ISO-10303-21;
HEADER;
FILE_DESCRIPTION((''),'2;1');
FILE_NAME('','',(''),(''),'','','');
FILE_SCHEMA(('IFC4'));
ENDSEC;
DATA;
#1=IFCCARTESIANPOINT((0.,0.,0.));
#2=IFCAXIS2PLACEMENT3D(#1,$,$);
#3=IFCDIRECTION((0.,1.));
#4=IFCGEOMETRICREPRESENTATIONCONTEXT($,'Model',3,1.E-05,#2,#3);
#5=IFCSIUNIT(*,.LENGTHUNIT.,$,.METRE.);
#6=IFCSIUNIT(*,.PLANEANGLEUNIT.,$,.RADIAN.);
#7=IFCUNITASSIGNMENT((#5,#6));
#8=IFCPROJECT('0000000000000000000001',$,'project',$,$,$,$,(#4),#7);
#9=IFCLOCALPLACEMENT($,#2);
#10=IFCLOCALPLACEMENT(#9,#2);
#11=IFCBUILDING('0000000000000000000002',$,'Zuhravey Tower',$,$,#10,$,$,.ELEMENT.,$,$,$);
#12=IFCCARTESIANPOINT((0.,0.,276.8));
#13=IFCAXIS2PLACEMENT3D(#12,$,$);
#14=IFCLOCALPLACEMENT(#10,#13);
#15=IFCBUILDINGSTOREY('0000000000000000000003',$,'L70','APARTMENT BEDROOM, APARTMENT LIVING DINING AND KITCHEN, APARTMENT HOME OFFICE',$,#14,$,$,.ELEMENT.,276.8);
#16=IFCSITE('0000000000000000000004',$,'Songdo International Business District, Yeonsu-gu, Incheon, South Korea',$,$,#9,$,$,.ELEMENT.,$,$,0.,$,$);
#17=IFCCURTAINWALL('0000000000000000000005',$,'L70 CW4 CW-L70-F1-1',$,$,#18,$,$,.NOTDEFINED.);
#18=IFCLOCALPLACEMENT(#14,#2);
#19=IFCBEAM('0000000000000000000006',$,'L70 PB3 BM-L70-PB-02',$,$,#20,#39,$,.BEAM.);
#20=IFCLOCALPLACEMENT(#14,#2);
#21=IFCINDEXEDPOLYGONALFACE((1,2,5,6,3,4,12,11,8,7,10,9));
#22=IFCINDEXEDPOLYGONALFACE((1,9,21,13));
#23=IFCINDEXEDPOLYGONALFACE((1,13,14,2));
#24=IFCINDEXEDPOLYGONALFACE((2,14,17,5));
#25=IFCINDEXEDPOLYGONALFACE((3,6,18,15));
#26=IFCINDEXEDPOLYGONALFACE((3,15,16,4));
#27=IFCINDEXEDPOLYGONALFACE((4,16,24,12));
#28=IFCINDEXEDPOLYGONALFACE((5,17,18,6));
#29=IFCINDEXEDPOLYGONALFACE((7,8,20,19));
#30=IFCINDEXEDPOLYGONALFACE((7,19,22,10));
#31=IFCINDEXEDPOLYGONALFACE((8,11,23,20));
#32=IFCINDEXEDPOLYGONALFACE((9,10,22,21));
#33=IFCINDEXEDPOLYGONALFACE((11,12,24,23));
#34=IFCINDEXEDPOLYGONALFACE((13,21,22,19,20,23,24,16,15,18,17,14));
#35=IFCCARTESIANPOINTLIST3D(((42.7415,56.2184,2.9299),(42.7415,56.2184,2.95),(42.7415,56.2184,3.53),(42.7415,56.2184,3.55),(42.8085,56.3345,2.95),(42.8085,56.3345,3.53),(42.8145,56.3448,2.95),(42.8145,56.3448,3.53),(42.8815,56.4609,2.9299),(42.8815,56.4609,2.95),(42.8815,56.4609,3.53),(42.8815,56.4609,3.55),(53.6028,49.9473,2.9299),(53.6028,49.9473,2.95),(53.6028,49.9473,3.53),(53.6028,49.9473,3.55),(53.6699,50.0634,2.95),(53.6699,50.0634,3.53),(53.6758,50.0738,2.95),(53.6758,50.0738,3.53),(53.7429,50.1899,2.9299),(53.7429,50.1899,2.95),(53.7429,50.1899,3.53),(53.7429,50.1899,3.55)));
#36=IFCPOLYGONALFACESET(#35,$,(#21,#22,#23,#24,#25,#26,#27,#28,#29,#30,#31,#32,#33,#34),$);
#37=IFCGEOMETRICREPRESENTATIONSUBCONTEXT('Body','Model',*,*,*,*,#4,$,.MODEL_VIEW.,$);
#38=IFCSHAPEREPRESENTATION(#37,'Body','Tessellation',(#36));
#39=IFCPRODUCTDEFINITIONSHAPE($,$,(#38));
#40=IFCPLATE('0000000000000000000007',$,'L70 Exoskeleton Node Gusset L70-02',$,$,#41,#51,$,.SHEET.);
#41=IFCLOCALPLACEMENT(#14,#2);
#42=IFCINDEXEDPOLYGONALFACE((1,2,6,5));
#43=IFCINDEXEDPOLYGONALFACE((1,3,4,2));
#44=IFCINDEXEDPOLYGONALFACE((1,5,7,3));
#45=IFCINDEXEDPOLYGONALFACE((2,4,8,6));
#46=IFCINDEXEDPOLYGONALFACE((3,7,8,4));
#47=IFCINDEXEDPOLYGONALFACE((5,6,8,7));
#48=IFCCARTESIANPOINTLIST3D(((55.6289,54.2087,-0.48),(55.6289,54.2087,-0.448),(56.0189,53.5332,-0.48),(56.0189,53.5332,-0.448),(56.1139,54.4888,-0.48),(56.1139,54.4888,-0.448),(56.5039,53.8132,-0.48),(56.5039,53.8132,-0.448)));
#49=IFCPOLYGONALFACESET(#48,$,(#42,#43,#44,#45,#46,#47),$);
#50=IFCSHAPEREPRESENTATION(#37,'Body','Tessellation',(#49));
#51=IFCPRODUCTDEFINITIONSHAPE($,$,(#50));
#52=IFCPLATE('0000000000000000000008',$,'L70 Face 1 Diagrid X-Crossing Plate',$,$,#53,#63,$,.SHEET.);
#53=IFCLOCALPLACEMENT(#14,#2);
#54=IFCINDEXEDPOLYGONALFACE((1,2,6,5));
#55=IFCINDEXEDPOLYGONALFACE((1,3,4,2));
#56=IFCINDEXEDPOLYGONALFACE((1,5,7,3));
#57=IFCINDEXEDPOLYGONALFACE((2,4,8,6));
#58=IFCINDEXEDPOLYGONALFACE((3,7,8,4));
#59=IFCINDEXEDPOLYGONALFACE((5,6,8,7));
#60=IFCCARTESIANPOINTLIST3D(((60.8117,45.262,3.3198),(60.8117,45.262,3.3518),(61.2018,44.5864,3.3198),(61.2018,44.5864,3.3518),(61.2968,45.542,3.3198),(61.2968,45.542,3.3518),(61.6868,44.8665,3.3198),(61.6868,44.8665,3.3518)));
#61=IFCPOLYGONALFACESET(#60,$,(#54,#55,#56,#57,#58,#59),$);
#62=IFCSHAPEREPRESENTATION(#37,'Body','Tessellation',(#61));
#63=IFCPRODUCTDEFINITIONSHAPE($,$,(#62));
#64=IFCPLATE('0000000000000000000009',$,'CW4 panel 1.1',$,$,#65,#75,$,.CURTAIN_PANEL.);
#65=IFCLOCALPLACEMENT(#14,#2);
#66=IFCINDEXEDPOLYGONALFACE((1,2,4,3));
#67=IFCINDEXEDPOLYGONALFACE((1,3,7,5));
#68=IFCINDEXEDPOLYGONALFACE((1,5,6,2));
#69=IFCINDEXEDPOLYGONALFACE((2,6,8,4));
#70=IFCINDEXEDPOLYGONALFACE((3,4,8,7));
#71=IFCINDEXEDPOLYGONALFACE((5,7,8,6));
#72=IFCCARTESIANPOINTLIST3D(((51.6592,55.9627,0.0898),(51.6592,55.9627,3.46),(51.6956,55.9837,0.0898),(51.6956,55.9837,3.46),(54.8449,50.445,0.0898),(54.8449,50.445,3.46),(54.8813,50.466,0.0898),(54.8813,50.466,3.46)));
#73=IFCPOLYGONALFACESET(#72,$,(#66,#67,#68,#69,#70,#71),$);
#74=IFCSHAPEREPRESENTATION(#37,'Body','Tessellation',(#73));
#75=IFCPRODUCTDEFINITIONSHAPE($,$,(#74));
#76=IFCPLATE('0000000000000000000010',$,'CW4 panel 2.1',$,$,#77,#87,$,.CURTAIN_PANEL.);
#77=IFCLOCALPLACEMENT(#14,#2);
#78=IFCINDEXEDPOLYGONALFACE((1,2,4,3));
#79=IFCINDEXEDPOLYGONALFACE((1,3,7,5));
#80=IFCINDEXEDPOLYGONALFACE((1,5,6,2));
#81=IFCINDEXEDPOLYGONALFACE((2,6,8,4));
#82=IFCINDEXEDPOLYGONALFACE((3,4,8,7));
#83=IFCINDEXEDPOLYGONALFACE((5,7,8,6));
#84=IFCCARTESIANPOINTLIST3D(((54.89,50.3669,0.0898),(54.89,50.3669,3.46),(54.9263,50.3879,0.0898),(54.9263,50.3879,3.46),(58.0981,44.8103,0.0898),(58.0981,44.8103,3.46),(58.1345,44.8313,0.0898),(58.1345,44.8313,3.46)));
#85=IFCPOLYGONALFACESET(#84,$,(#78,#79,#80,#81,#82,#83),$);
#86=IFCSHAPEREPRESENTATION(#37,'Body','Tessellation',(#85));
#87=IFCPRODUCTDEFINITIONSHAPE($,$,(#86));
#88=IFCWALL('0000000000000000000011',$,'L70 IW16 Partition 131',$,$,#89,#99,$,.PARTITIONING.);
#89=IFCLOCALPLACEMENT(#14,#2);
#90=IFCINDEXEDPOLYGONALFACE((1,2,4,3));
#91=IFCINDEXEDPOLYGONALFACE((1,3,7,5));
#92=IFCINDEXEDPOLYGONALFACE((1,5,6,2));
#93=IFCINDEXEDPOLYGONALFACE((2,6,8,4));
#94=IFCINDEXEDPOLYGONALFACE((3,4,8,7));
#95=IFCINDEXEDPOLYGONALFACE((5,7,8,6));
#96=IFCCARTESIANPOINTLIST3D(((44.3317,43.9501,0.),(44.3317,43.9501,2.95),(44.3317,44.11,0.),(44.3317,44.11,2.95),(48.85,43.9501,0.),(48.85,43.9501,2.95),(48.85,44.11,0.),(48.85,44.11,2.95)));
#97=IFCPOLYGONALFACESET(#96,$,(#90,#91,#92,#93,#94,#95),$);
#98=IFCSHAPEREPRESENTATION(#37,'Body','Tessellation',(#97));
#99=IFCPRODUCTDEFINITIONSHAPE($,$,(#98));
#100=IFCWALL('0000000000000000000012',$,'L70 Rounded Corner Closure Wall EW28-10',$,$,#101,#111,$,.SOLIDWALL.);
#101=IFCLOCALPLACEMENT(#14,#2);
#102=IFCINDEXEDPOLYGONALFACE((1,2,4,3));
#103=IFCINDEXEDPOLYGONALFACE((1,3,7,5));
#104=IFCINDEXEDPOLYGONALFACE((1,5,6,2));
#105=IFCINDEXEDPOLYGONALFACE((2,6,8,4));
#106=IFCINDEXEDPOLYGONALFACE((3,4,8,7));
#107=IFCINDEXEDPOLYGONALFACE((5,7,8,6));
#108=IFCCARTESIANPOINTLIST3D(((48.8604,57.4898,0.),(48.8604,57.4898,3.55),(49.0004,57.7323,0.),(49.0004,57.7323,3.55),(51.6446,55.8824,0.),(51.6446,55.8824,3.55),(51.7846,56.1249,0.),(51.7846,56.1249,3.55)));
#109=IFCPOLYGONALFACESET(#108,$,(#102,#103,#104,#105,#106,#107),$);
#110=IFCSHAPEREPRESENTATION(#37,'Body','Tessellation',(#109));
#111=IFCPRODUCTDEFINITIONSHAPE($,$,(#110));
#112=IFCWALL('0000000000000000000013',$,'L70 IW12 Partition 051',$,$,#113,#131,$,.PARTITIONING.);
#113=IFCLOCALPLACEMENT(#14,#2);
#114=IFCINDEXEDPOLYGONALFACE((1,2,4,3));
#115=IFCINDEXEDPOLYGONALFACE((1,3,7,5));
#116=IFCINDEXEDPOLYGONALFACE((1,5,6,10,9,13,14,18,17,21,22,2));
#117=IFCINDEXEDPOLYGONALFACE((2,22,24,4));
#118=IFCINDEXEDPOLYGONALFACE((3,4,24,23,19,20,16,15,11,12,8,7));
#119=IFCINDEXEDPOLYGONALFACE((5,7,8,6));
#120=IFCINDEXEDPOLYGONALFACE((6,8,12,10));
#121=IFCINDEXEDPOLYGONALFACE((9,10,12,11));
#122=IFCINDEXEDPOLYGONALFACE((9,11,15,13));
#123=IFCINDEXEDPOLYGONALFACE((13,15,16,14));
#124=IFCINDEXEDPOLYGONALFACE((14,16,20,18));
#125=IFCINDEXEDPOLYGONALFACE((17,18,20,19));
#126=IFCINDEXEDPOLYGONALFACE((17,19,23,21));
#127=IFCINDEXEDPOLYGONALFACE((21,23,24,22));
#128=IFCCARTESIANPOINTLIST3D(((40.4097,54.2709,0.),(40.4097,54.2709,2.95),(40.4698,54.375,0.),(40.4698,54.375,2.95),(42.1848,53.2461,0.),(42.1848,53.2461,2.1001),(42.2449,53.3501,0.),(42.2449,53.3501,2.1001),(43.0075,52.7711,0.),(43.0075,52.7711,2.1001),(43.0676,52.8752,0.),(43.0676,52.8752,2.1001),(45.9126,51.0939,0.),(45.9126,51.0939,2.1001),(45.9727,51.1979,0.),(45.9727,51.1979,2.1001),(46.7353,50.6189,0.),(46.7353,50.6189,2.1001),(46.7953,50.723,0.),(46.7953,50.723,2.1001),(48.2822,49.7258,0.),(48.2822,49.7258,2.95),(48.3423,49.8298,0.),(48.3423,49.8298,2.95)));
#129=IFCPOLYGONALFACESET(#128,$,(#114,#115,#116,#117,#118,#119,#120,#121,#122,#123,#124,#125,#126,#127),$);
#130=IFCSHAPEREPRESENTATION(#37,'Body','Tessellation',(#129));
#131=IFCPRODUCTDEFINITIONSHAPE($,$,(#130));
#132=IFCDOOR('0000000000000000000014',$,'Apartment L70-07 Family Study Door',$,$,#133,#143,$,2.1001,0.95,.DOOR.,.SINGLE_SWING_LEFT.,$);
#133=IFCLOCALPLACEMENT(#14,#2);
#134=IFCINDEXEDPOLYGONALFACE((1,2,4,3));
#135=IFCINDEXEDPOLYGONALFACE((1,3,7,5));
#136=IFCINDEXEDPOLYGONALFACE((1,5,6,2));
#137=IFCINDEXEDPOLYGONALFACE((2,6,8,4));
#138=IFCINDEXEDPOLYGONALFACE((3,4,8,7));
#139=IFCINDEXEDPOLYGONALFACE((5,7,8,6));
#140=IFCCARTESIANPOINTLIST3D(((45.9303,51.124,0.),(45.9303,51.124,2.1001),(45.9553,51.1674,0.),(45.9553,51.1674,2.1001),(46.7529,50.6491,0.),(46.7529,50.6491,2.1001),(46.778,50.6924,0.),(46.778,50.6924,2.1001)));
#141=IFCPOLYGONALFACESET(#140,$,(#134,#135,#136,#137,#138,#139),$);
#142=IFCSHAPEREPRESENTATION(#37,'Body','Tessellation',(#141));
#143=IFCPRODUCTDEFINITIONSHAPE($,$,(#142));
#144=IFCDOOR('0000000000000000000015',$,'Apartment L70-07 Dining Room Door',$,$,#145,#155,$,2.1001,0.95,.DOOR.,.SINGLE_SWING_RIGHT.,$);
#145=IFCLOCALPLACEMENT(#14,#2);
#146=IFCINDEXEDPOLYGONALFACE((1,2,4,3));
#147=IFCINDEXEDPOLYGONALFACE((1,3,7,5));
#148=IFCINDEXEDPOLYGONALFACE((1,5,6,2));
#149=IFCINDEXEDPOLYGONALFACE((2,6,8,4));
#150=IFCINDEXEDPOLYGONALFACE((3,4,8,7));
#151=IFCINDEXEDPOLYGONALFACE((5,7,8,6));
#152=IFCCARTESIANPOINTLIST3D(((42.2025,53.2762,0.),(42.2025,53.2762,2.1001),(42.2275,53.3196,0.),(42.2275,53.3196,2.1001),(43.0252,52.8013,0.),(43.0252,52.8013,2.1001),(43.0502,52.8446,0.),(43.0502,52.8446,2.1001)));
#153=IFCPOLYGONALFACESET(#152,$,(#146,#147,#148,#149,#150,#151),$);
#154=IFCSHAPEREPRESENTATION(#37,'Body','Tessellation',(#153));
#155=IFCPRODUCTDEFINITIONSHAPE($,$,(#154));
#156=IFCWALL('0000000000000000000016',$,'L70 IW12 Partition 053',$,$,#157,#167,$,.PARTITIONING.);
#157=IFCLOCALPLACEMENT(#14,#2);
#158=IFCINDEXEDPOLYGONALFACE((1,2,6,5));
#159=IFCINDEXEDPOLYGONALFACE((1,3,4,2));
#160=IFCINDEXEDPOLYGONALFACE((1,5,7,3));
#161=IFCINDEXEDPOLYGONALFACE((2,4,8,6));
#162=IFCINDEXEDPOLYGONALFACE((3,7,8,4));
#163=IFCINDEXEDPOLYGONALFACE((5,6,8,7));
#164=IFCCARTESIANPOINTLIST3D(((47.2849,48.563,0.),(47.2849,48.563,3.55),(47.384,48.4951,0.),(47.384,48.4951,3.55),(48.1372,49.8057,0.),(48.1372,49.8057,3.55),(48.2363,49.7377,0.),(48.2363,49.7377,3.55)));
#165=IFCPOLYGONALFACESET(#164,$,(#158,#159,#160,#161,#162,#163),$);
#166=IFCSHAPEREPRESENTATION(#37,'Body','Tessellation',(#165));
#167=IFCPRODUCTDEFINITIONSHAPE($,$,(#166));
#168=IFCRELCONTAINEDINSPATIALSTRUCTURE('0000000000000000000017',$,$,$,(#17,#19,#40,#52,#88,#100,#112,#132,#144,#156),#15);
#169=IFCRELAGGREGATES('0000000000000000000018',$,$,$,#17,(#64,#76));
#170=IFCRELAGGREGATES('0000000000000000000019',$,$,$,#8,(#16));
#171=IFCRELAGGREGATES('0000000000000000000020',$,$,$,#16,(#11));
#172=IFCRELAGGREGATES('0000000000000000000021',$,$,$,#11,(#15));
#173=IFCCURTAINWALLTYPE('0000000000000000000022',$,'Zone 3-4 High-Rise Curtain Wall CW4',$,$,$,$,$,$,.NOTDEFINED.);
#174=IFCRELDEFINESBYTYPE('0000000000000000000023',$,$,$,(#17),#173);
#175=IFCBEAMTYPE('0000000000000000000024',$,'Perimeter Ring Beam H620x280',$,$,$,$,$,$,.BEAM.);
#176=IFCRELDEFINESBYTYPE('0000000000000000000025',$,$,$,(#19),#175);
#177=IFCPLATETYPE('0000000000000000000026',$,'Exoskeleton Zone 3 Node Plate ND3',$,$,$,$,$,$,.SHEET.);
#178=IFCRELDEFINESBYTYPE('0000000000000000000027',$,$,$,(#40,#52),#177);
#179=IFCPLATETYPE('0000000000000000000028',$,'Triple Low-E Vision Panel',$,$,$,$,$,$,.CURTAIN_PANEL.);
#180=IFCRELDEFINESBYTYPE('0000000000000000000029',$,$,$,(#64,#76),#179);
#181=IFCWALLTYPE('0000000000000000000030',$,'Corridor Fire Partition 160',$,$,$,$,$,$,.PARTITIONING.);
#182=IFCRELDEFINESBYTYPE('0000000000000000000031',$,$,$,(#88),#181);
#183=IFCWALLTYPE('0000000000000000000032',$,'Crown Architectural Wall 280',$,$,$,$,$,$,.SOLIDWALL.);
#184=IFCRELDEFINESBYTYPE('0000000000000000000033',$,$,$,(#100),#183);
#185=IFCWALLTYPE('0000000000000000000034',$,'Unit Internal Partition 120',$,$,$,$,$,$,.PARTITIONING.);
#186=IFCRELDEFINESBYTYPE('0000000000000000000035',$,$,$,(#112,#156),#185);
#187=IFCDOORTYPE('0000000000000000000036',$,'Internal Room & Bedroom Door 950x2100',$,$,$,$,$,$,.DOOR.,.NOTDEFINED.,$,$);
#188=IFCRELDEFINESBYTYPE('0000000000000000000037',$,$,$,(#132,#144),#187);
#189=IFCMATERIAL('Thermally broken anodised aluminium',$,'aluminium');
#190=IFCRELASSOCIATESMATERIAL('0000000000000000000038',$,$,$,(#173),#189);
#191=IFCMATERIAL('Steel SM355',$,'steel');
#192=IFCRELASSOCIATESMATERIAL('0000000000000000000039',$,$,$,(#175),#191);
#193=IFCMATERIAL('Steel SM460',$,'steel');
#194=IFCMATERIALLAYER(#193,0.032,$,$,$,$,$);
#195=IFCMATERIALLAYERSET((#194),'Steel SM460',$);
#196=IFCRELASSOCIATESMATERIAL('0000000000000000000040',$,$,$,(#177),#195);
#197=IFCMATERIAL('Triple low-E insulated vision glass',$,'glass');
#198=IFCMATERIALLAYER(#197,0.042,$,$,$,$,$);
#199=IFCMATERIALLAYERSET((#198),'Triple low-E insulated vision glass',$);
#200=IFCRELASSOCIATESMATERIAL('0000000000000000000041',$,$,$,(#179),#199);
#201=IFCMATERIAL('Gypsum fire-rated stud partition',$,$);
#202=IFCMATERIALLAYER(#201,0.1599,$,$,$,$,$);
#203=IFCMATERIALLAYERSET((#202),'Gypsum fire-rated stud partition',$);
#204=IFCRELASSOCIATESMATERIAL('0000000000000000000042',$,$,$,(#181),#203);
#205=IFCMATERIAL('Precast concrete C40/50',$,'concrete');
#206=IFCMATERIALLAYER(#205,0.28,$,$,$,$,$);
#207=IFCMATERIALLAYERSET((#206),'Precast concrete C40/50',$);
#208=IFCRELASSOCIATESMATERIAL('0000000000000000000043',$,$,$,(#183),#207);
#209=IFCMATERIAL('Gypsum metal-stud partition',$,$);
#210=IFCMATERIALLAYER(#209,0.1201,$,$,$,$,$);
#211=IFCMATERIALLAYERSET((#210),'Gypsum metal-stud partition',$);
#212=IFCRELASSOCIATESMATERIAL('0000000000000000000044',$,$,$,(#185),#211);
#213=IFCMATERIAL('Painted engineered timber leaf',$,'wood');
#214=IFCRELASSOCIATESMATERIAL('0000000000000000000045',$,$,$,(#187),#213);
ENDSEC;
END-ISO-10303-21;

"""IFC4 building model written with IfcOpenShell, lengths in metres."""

from ifc_helpers import new_model, si_unit, direction, frame, frame_2d, origin, origin_2d, place, context, subcontext, project, spatial, rectangle, i_section, extrude, material, layer, layer_set, material_profile, profile_set, type_object, element, fill, aggregate, save


model = new_model("IFC4")

# Units and contexts
model_context = context("Model", 3, precision=1e-05, world=origin(), true_north=direction((0.0, 1.0)))
body_context = subcontext(model_context, "Body", "Model", "MODEL_VIEW")
ifc_project = project(units=[si_unit("LENGTHUNIT", "METRE"), si_unit("PLANEANGLEUNIT", "RADIAN")], contexts=[model_context])

# Site, building, storey
site_placement = place(None, origin())
site = spatial("IfcSite", under=ifc_project, at=site_placement, Name="Songdo International Business District, Yeonsu-gu, Incheon, South Korea", CompositionType="ELEMENT", RefElevation=0.0)
building_placement = place(site_placement, origin())
building = spatial("IfcBuilding", under=site, at=building_placement, Name="Zuhravey Tower", CompositionType="ELEMENT")
storey_placement = place(building_placement, frame((0.0, 0.0, 276.8)))
storey = spatial("IfcBuildingStorey", under=building, at=storey_placement, Name="L70", Description="APARTMENT BEDROOM, APARTMENT LIVING DINING AND KITCHEN, APARTMENT HOME OFFICE", CompositionType="ELEMENT", Elevation=276.8)

# Shared definitions
ifc_material_1 = material(Name="Thermally broken anodised aluminium", Category="aluminium")
curtain_wall_type = type_object("IfcCurtainWallType", Name="Zone 3-4 High-Rise Curtain Wall CW4", PredefinedType="NOTDEFINED", material=ifc_material_1)

# Curtain wall
curtain_wall_1_placement = place(storey_placement, origin())
curtain_wall_1 = element("IfcCurtainWall", 1, at=curtain_wall_1_placement, inside=storey, type_object=curtain_wall_type, Name="L70 CW4 CW-L70-F1-1", PredefinedType="NOTDEFINED")

# Shared definitions
ifc_material_2 = material(Name="Steel SM355", Category="steel")

# Beam
ifc_material_profile_1 = material_profile(ifc_material_2, i_section(OverallWidth=0.28, OverallDepth=0.6201, WebThickness=0.012, FlangeThickness=0.02, at=origin_2d()), Name="H-620x280x12x20")
ifc_profile_set_1 = profile_set([ifc_material_profile_1], Name="Steel SM355")
beam_type = type_object("IfcBeamType", Name="Perimeter Ring Beam H620x280", PredefinedType="BEAM", material=ifc_profile_set_1)
beam_placement = place(storey_placement, frame((53.6729, 50.0686, 3.24), z_axis=(-0.866018, 0.500012, 0.0), x_axis=(-0.500012, -0.866018, 0.0)))
element("IfcBeam", 2, at=beam_placement, inside=storey, type_object=beam_type, Name="L70 PB3 BM-L70-PB-02", PredefinedType="BEAM", context=body_context, shape_type="SweptSolid", body=[
    extrude(i_section(OverallWidth=0.28, OverallDepth=0.6201, WebThickness=0.012, FlangeThickness=0.02, at=origin_2d()), origin(), (0.0, 0.0, 1.0), 12.5417),
])

# Plates
ifc_material_3 = material(Name="Steel SM460", Category="steel")
ifc_layer_1 = layer(ifc_material_3, 0.032)
ifc_layer_set_1 = layer_set([ifc_layer_1], Name="Steel SM460")
plate_type_1 = type_object("IfcPlateType", Name="Exoskeleton Zone 3 Node Plate ND3", PredefinedType="SHEET", material=ifc_layer_set_1)
for number, where, z_axis, x_axis, name in (
    (3, (56.0664, 54.011, -0.48), (0.0, 0.0, 1.0), (-0.5, 0.866025, 0.0), "L70 Exoskeleton Node Gusset L70-02"),
    (4, (61.2493, 45.0642, 3.3198), (0.0, 0.0, 1.0), (-0.5, 0.866025, 0.0), "L70 Face 1 Diagrid X-Crossing Plate"),
):
    element("IfcPlate", number, at=place(storey_placement, frame(where, z_axis=z_axis, x_axis=x_axis)), inside=storey, type_object=plate_type_1, Name=name, PredefinedType="SHEET", context=body_context, shape_type="SweptSolid", body=[
        extrude(rectangle(XDim=0.78, YDim=0.5601, at=origin_2d()), origin(), (0.0, 0.0, 1.0), 0.032),
    ])

# Plates
ifc_material_4 = material(Name="Triple low-E insulated vision glass", Category="glass")
ifc_layer_2 = layer(ifc_material_4, 0.042)
ifc_layer_set_2 = layer_set([ifc_layer_2], Name="Triple low-E insulated vision glass")
plate_type_2 = type_object("IfcPlateType", Name="Triple Low-E Vision Panel", PredefinedType="CURTAIN_PANEL", material=ifc_layer_set_2)
plate_1_placement = place(storey_placement, frame((53.2703, 53.2144, 0.0898), z_axis=(0.0, 0.0, 1.0), x_axis=(0.500001, -0.866025, 0.0)))
plate_1 = element("IfcPlate", 5, at=plate_1_placement, type_object=plate_type_2, Name="CW4 panel 1.1", PredefinedType="CURTAIN_PANEL", context=body_context, shape_type="SweptSolid", body=[
    extrude(rectangle(XDim=6.3713, YDim=0.042, at=origin_2d()), origin(), (0.0, 0.0, 1.0), 3.3701),
])
plate_2_placement = place(storey_placement, frame((56.5122, 47.5991, 0.0898), z_axis=(0.0, 0.0, 1.0), x_axis=(0.500001, -0.866025, 0.0)))
plate_2 = element("IfcPlate", 6, at=plate_2_placement, type_object=plate_type_2, Name="CW4 panel 2.1", PredefinedType="CURTAIN_PANEL", context=body_context, shape_type="SweptSolid", body=[
    extrude(rectangle(XDim=6.4163, YDim=0.042, at=origin_2d()), origin(), (0.0, 0.0, 1.0), 3.3701),
])
aggregate(curtain_wall_1, [plate_1, plate_2])

# Walls
ifc_material_5 = material(Name="Gypsum fire-rated stud partition")
ifc_layer_3 = layer(ifc_material_5, 0.1599)
ifc_layer_set_3 = layer_set([ifc_layer_3], Name="Gypsum fire-rated stud partition")
wall_type_1 = type_object("IfcWallType", Name="Corridor Fire Partition 160", PredefinedType="PARTITIONING", material=ifc_layer_set_3)
wall_1_placement = place(storey_placement, frame((48.8501, 44.03, 0.0), z_axis=(0.0, 0.0, 1.0), x_axis=(-1.0, 0.0, 0.0)))
element("IfcWall", 7, at=wall_1_placement, inside=storey, type_object=wall_type_1, Name="L70 IW16 Partition 131", PredefinedType="PARTITIONING", context=body_context, shape_type="SweptSolid", body=[
    extrude(rectangle(XDim=4.5183, YDim=0.1599, at=frame_2d((2.2593, 0.0))), origin(), (0.0, 0.0, 1.0), 2.95),
])
ifc_material_6 = material(Name="Precast concrete C40/50", Category="concrete")
ifc_layer_4 = layer(ifc_material_6, 0.28)
ifc_layer_set_4 = layer_set([ifc_layer_4], Name="Precast concrete C40/50")
wall_type_2 = type_object("IfcWallType", Name="Crown Architectural Wall 280", PredefinedType="SOLIDWALL", material=ifc_layer_set_4)
wall_2_placement = place(storey_placement, frame((48.9304, 57.6111, 0.0), z_axis=(0.0, 0.0, 1.0), x_axis=(0.866029, -0.499994, 0.0)))
element("IfcWall", 8, at=wall_2_placement, inside=storey, type_object=wall_type_2, Name="L70 Rounded Corner Closure Wall EW28-10", PredefinedType="SOLIDWALL", context=body_context, shape_type="SweptSolid", body=[
    extrude(rectangle(XDim=3.2148, YDim=0.28, at=frame_2d((1.6074, 0.0))), origin(), (0.0, 0.0, 1.0), 3.55),
])

# Wall, openings, doors
ifc_material_7 = material(Name="Gypsum metal-stud partition")
ifc_layer_5 = layer(ifc_material_7, 0.1201)
ifc_layer_set_5 = layer_set([ifc_layer_5], Name="Gypsum metal-stud partition")
wall_type_3 = type_object("IfcWallType", Name="Unit Internal Partition 120", PredefinedType="PARTITIONING", material=ifc_layer_set_5)
wall_3_placement = place(storey_placement, frame((48.3123, 49.7778, 0.0), z_axis=(0.0, 0.0, 1.0), x_axis=(-0.866028, 0.499995, 0.0)))
wall_3 = element("IfcWall", 9, at=wall_3_placement, inside=storey, type_object=wall_type_3, Name="L70 IW12 Partition 051", PredefinedType="PARTITIONING", context=body_context, shape_type="SweptSolid", body=[
    extrude(rectangle(XDim=9.0903, YDim=0.1201, at=frame_2d((4.5452, 0.0))), origin(), (0.0, 0.0, 1.0), 2.95),
])
opening_1_placement = place(wall_3_placement, frame((1.7861, 0.0, 0.0)))
opening_1 = element("IfcOpeningElement", 10, at=opening_1_placement, cuts=wall_3, PredefinedType="OPENING", context=body_context, shape_type="SweptSolid", body=[
    extrude(rectangle(XDim=0.95, YDim=2.1001, at=frame_2d((0.4751, 1.05))), frame((0.0, 0.072, 0.0), z_axis=(0.0, -1.0, 0.0), x_axis=(1.0, 0.0, 0.0)), (0.0, 0.0, 1.0), 0.144),
])
opening_2_placement = place(wall_3_placement, frame((6.0906, 0.0, 0.0)))
opening_2 = element("IfcOpeningElement", 11, at=opening_2_placement, cuts=wall_3, PredefinedType="OPENING", context=body_context, shape_type="SweptSolid", body=[
    extrude(rectangle(XDim=0.95, YDim=2.1001, at=frame_2d((0.4751, 1.05))), frame((0.0, 0.072, 0.0), z_axis=(0.0, -1.0, 0.0), x_axis=(1.0, 0.0, 0.0)), (0.0, 0.0, 1.0), 0.144),
])
ifc_material_8 = material(Name="Painted engineered timber leaf", Category="wood")
door_type = type_object("IfcDoorType", Name="Internal Room & Bedroom Door 950x2100", OperationType="NOTDEFINED", PredefinedType="DOOR", material=ifc_material_8)
door_1_placement = place(opening_1_placement, frame((0.95, 0.0, 0.0), z_axis=(0.0, 0.0, 1.0), x_axis=(-1.0, 0.0, 0.0)))
door_1 = element("IfcDoor", 12, at=door_1_placement, inside=storey, type_object=door_type, Name="Apartment L70-07 Family Study Door", OperationType="SINGLE_SWING_LEFT", OverallHeight=2.1001, OverallWidth=0.95, PredefinedType="DOOR", context=body_context, shape_type="SweptSolid", body=[
    extrude(rectangle(XDim=0.95, YDim=2.1001, at=frame_2d((0.4751, 1.05))), frame((0.0, 0.0249, 0.0), z_axis=(0.0, -1.0, 0.0), x_axis=(1.0, 0.0, 0.0)), (0.0, 0.0, 1.0), 0.05),
])
fill(opening_1, door_1)
door_2_placement = place(opening_2_placement, frame((0.95, 0.0, 0.0), z_axis=(0.0, 0.0, 1.0), x_axis=(-1.0, 0.0, 0.0)))
door_2 = element("IfcDoor", 13, at=door_2_placement, inside=storey, type_object=door_type, Name="Apartment L70-07 Dining Room Door", OperationType="SINGLE_SWING_RIGHT", OverallHeight=2.1001, OverallWidth=0.95, PredefinedType="DOOR", context=body_context, shape_type="SweptSolid", body=[
    extrude(rectangle(XDim=0.95, YDim=2.1001, at=frame_2d((0.4751, 1.05))), frame((0.0, 0.0249, 0.0), z_axis=(0.0, -1.0, 0.0), x_axis=(1.0, 0.0, 0.0)), (0.0, 0.0, 1.0), 0.05),
])
fill(opening_2, door_2)

# Wall
wall_4_placement = place(storey_placement, frame((47.3345, 48.5291, 0.0), z_axis=(0.0, 0.0, 1.0), x_axis=(0.565607, 0.824675, 0.0)))
element("IfcWall", 14, at=wall_4_placement, inside=storey, type_object=wall_type_3, Name="L70 IW12 Partition 053", PredefinedType="PARTITIONING", context=body_context, shape_type="SweptSolid", body=[
    extrude(rectangle(XDim=1.5068, YDim=0.1201, at=frame_2d((0.7534, 0.0))), origin(), (0.0, 0.0, 1.0), 3.55),
])

save(model, "model.ifc")
